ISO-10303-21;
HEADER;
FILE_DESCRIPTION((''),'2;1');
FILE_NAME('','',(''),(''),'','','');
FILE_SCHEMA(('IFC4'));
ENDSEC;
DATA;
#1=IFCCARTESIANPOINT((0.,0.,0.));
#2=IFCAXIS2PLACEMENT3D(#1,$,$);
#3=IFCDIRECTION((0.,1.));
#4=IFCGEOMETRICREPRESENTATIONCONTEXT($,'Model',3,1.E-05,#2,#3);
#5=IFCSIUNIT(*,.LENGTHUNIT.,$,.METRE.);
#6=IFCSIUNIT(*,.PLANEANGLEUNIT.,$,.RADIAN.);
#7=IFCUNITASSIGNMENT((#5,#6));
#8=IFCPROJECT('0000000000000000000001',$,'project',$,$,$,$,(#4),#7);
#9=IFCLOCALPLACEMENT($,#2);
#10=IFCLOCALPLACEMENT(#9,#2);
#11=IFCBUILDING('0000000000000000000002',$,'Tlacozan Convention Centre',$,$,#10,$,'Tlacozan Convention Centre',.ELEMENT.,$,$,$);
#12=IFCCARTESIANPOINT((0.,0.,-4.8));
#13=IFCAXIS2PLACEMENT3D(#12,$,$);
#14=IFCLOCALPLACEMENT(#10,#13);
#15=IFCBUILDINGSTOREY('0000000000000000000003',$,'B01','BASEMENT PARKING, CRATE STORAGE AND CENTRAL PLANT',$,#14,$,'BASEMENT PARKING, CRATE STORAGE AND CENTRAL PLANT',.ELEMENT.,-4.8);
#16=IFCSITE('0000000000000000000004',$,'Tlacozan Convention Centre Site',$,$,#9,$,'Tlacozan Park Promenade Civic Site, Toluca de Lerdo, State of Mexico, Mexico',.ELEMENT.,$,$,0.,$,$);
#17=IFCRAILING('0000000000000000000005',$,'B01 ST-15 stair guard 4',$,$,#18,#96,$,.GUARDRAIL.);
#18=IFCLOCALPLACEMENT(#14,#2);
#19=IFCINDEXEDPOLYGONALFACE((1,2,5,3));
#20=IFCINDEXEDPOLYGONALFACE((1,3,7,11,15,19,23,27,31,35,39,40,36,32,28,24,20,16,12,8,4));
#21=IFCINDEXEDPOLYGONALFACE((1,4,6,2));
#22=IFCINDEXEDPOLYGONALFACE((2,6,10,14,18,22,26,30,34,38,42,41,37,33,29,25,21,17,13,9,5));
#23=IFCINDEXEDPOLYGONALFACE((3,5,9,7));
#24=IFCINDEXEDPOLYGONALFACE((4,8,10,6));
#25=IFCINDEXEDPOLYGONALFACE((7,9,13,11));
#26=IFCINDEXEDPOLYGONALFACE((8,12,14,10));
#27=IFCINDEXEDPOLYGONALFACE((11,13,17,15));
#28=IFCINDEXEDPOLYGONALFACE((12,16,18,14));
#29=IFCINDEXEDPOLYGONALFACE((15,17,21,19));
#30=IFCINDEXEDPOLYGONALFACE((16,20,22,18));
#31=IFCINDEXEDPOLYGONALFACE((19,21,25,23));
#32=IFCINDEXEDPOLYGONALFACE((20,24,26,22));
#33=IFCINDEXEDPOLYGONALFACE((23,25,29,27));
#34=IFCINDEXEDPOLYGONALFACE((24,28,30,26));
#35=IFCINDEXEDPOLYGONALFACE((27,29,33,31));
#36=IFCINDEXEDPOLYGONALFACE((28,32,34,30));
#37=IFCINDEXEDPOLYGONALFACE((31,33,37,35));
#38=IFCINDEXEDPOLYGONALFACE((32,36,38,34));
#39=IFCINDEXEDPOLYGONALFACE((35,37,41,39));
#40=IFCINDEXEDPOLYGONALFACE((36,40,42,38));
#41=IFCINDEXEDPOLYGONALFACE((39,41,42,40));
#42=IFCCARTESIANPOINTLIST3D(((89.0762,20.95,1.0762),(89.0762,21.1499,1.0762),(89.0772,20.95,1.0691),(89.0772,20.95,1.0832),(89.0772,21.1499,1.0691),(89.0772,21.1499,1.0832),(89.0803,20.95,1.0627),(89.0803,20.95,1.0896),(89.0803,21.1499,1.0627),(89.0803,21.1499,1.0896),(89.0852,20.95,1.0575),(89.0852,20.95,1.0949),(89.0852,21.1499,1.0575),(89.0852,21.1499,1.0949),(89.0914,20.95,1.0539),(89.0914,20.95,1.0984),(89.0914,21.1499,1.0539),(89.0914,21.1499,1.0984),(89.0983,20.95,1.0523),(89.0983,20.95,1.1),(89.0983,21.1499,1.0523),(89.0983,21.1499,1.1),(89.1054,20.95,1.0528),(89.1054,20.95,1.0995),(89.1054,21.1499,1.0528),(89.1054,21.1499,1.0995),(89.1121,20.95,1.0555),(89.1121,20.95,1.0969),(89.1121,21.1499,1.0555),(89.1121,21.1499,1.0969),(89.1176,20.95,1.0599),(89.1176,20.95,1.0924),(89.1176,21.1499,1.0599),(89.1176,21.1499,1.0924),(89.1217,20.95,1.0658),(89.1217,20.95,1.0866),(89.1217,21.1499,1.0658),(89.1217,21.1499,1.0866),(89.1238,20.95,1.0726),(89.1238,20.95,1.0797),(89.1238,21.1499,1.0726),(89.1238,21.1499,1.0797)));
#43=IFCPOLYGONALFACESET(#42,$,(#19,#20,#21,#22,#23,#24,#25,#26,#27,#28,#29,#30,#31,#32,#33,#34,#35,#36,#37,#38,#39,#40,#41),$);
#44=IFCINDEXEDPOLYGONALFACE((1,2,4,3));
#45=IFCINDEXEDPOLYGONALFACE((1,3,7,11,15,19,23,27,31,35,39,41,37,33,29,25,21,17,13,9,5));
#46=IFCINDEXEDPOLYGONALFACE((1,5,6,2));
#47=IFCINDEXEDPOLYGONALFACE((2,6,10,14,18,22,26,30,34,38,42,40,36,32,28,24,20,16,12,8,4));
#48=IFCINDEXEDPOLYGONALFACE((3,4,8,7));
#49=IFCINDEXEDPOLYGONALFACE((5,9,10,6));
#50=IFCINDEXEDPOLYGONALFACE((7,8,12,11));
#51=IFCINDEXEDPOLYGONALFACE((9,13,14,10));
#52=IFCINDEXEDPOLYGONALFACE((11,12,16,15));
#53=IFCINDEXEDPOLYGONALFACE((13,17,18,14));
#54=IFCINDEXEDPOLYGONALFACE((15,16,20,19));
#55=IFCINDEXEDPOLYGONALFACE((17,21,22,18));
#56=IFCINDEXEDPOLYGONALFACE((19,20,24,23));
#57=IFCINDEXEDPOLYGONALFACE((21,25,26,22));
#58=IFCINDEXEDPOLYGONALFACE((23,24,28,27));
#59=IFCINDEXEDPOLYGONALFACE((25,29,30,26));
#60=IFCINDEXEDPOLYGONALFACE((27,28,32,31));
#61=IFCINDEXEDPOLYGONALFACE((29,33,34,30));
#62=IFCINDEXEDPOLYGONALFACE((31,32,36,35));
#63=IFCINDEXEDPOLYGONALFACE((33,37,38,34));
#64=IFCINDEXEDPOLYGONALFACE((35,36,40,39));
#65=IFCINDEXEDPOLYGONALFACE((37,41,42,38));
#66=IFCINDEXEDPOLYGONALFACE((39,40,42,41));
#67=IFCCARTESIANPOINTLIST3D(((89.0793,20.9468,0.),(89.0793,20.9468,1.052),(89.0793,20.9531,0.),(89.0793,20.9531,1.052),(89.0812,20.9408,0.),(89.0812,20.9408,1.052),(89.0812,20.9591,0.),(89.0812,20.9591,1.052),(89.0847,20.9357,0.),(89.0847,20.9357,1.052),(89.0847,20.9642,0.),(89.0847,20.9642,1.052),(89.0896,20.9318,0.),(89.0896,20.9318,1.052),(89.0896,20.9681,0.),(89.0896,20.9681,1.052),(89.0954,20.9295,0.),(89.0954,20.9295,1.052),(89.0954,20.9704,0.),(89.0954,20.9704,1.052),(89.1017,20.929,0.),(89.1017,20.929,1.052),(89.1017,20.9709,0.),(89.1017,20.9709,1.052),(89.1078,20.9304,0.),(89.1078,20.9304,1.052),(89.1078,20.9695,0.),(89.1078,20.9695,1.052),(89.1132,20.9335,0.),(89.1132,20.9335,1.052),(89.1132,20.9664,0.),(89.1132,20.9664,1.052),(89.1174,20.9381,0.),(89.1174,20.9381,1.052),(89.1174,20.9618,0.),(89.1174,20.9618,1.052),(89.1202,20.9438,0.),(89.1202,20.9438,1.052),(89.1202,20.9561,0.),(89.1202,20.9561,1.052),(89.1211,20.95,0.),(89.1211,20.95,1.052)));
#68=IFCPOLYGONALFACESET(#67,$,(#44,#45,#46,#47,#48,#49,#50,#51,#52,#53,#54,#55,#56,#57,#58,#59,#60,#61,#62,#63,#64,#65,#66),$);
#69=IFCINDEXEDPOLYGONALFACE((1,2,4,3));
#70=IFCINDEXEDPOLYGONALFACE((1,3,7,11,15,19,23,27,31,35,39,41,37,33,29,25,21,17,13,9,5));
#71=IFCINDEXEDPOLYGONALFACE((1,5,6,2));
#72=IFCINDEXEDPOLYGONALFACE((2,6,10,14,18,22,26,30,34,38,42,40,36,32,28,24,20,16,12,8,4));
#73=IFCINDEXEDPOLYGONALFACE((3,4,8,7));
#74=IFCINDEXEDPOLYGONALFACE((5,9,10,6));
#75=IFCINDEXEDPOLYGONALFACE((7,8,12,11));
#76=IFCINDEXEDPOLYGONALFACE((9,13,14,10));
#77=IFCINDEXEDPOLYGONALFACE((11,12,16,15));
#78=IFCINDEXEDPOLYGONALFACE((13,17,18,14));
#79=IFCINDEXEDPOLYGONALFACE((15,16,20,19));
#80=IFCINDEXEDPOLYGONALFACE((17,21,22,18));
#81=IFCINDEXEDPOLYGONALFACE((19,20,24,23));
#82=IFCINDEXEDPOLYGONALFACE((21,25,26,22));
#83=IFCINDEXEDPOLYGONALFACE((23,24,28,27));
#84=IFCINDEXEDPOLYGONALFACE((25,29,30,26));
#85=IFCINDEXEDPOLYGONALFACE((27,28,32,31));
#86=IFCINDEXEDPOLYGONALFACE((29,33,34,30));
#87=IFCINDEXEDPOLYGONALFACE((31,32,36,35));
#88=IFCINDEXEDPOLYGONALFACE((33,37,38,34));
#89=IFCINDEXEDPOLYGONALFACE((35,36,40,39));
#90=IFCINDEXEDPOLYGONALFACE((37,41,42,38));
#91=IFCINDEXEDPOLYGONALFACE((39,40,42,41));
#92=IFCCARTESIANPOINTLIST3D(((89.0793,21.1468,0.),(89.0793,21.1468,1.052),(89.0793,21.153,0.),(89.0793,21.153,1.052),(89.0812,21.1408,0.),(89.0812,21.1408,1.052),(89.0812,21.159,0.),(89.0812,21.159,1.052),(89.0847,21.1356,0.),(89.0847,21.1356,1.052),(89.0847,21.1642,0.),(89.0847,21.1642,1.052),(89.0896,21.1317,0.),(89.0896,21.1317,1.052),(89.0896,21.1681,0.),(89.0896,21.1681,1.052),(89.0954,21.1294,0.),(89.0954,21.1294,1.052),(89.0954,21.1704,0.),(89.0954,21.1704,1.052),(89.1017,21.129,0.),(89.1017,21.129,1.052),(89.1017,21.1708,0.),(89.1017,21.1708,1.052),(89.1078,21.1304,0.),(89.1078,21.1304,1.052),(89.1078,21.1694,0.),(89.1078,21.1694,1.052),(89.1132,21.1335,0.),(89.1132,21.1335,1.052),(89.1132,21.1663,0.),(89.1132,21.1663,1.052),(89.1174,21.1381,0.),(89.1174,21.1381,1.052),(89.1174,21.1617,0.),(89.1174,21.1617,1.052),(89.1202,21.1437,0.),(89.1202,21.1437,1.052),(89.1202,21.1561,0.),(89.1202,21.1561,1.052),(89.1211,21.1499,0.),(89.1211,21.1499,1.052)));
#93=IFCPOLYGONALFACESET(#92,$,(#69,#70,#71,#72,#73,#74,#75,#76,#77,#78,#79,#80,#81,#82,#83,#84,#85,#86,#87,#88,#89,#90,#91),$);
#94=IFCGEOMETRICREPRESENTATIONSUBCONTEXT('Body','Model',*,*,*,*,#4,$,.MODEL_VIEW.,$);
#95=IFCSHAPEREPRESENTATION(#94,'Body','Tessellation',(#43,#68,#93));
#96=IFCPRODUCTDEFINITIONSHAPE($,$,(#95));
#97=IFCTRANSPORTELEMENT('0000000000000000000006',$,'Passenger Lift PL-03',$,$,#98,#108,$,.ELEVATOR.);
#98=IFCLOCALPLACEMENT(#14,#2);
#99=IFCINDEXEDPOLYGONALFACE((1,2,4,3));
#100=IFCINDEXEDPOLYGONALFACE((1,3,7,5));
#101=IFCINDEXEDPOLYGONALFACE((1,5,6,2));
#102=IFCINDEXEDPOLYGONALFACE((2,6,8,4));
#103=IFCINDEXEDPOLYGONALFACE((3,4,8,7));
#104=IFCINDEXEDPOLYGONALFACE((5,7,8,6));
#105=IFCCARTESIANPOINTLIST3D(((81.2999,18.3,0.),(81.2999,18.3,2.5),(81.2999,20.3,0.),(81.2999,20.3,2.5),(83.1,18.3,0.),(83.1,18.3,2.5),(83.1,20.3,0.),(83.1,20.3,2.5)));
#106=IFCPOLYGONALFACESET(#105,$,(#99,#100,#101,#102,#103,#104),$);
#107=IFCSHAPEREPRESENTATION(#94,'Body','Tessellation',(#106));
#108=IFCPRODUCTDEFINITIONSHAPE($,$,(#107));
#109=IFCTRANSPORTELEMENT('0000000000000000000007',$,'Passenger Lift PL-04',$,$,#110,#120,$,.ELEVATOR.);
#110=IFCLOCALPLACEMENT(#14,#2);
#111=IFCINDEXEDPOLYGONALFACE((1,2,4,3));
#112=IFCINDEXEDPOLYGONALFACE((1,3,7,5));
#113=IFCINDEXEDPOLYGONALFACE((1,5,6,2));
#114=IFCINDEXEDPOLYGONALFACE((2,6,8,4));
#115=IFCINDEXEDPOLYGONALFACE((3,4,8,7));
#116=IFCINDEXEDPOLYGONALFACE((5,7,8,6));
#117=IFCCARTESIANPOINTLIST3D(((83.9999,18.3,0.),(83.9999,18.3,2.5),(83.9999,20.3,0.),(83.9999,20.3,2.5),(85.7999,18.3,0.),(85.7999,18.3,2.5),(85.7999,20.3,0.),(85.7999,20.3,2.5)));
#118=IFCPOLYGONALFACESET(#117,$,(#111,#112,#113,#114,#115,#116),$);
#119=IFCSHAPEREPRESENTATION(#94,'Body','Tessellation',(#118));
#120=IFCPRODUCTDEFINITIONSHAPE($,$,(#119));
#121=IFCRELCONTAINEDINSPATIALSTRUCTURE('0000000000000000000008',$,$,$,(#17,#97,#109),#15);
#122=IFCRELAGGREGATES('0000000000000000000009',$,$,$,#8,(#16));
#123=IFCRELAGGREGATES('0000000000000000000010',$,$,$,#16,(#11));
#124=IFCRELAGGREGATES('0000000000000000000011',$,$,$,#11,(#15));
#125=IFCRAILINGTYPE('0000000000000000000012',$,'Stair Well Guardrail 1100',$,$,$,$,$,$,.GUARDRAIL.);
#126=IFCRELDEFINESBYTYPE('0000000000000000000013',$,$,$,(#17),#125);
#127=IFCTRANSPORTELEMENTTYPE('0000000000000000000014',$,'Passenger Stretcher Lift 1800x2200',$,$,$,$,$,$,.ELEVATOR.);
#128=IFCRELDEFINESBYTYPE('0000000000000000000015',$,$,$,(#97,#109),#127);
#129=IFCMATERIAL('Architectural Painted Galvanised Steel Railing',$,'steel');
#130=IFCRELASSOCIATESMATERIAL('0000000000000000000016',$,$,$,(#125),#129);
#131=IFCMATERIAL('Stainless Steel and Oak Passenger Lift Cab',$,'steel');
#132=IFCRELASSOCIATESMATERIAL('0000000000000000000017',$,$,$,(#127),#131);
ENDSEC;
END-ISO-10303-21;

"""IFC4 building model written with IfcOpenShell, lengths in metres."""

from ifc_helpers import new_model, si_unit, direction, frame, origin, origin_2d, place, context, subcontext, project, spatial, rectangle, circle, extrude, material, type_object, element, save


model = new_model("IFC4")

# Units and contexts
model_context = context("Model", 3, precision=1e-05, world=origin(), true_north=direction((0.0, 1.0)))
body_context = subcontext(model_context, "Body", "Model", "MODEL_VIEW")
ifc_project = project(units=[si_unit("LENGTHUNIT", "METRE"), si_unit("PLANEANGLEUNIT", "RADIAN")], contexts=[model_context])

# Site, building, storey
site_placement = place(None, origin())
site = spatial("IfcSite", under=ifc_project, at=site_placement, Name="Tlacozan Convention Centre Site", LongName="Tlacozan Park Promenade Civic Site, Toluca de Lerdo, State of Mexico, Mexico", CompositionType="ELEMENT", RefElevation=0.0)
building_placement = place(site_placement, origin())
building = spatial("IfcBuilding", under=site, at=building_placement, Name="Tlacozan Convention Centre", LongName="Tlacozan Convention Centre", CompositionType="ELEMENT")
storey_placement = place(building_placement, frame((0.0, 0.0, -4.8)))
storey = spatial("IfcBuildingStorey", under=building, at=storey_placement, Name="B01", Description="BASEMENT PARKING, CRATE STORAGE AND CENTRAL PLANT", LongName="BASEMENT PARKING, CRATE STORAGE AND CENTRAL PLANT", CompositionType="ELEMENT", Elevation=-4.8)

# Railing
ifc_material_1 = material(Name="Architectural Painted Galvanised Steel Railing", Category="steel")
railing_type_1 = type_object("IfcRailingType", Name="Stair Well Guardrail 1100", PredefinedType="GUARDRAIL", material=ifc_material_1)
railing_1_placement = place(storey_placement, frame((89.1001, 20.95, 0.0)))
element("IfcRailing", 1, at=railing_1_placement, inside=storey, type_object=railing_type_1, Name="B01 ST-15 stair guard 4", PredefinedType="GUARDRAIL", context=body_context, shape_type="SweptSolid", body=[
    extrude(circle(Radius=0.0239, at=origin_2d()), frame((0.0, 0.0, 1.0762), z_axis=(0.0, 1.0, 0.0), x_axis=(-1.0, 0.0, 0.0)), (0.0, 0.0, 1.0), 0.2),
    extrude(circle(Radius=0.021, at=origin_2d()), origin(), (0.0, 0.0, 1.0), 1.052),
    extrude(circle(Radius=0.021, at=origin_2d()), frame((0.0, 0.2, 0.0)), (0.0, 0.0, 1.0), 1.052),
])

# Transport elements
ifc_material_2 = material(Name="Stainless Steel and Oak Passenger Lift Cab", Category="steel")
transport_element_type = type_object("IfcTransportElementType", Name="Passenger Stretcher Lift 1800x2200", PredefinedType="ELEVATOR", material=ifc_material_2)
for number, where, z_axis, x_axis, name in (
    (2, (82.2, 19.3, 0.0), (0.0, 0.0, 1.0), (1.0, 0.0, 0.0), "Passenger Lift PL-03"),
    (3, (84.8999, 19.3, 0.0), (0.0, 0.0, 1.0), (1.0, 0.0, 0.0), "Passenger Lift PL-04"),
):
    element("IfcTransportElement", number, at=place(storey_placement, frame(where, z_axis=z_axis, x_axis=x_axis)), inside=storey, type_object=transport_element_type, Name=name, PredefinedType="ELEVATOR", context=body_context, shape_type="SweptSolid", body=[
        extrude(rectangle(XDim=1.8, YDim=2.0, at=origin_2d()), origin(), (0.0, 0.0, 1.0), 2.5),
    ])

save(model, "model.ifc")
